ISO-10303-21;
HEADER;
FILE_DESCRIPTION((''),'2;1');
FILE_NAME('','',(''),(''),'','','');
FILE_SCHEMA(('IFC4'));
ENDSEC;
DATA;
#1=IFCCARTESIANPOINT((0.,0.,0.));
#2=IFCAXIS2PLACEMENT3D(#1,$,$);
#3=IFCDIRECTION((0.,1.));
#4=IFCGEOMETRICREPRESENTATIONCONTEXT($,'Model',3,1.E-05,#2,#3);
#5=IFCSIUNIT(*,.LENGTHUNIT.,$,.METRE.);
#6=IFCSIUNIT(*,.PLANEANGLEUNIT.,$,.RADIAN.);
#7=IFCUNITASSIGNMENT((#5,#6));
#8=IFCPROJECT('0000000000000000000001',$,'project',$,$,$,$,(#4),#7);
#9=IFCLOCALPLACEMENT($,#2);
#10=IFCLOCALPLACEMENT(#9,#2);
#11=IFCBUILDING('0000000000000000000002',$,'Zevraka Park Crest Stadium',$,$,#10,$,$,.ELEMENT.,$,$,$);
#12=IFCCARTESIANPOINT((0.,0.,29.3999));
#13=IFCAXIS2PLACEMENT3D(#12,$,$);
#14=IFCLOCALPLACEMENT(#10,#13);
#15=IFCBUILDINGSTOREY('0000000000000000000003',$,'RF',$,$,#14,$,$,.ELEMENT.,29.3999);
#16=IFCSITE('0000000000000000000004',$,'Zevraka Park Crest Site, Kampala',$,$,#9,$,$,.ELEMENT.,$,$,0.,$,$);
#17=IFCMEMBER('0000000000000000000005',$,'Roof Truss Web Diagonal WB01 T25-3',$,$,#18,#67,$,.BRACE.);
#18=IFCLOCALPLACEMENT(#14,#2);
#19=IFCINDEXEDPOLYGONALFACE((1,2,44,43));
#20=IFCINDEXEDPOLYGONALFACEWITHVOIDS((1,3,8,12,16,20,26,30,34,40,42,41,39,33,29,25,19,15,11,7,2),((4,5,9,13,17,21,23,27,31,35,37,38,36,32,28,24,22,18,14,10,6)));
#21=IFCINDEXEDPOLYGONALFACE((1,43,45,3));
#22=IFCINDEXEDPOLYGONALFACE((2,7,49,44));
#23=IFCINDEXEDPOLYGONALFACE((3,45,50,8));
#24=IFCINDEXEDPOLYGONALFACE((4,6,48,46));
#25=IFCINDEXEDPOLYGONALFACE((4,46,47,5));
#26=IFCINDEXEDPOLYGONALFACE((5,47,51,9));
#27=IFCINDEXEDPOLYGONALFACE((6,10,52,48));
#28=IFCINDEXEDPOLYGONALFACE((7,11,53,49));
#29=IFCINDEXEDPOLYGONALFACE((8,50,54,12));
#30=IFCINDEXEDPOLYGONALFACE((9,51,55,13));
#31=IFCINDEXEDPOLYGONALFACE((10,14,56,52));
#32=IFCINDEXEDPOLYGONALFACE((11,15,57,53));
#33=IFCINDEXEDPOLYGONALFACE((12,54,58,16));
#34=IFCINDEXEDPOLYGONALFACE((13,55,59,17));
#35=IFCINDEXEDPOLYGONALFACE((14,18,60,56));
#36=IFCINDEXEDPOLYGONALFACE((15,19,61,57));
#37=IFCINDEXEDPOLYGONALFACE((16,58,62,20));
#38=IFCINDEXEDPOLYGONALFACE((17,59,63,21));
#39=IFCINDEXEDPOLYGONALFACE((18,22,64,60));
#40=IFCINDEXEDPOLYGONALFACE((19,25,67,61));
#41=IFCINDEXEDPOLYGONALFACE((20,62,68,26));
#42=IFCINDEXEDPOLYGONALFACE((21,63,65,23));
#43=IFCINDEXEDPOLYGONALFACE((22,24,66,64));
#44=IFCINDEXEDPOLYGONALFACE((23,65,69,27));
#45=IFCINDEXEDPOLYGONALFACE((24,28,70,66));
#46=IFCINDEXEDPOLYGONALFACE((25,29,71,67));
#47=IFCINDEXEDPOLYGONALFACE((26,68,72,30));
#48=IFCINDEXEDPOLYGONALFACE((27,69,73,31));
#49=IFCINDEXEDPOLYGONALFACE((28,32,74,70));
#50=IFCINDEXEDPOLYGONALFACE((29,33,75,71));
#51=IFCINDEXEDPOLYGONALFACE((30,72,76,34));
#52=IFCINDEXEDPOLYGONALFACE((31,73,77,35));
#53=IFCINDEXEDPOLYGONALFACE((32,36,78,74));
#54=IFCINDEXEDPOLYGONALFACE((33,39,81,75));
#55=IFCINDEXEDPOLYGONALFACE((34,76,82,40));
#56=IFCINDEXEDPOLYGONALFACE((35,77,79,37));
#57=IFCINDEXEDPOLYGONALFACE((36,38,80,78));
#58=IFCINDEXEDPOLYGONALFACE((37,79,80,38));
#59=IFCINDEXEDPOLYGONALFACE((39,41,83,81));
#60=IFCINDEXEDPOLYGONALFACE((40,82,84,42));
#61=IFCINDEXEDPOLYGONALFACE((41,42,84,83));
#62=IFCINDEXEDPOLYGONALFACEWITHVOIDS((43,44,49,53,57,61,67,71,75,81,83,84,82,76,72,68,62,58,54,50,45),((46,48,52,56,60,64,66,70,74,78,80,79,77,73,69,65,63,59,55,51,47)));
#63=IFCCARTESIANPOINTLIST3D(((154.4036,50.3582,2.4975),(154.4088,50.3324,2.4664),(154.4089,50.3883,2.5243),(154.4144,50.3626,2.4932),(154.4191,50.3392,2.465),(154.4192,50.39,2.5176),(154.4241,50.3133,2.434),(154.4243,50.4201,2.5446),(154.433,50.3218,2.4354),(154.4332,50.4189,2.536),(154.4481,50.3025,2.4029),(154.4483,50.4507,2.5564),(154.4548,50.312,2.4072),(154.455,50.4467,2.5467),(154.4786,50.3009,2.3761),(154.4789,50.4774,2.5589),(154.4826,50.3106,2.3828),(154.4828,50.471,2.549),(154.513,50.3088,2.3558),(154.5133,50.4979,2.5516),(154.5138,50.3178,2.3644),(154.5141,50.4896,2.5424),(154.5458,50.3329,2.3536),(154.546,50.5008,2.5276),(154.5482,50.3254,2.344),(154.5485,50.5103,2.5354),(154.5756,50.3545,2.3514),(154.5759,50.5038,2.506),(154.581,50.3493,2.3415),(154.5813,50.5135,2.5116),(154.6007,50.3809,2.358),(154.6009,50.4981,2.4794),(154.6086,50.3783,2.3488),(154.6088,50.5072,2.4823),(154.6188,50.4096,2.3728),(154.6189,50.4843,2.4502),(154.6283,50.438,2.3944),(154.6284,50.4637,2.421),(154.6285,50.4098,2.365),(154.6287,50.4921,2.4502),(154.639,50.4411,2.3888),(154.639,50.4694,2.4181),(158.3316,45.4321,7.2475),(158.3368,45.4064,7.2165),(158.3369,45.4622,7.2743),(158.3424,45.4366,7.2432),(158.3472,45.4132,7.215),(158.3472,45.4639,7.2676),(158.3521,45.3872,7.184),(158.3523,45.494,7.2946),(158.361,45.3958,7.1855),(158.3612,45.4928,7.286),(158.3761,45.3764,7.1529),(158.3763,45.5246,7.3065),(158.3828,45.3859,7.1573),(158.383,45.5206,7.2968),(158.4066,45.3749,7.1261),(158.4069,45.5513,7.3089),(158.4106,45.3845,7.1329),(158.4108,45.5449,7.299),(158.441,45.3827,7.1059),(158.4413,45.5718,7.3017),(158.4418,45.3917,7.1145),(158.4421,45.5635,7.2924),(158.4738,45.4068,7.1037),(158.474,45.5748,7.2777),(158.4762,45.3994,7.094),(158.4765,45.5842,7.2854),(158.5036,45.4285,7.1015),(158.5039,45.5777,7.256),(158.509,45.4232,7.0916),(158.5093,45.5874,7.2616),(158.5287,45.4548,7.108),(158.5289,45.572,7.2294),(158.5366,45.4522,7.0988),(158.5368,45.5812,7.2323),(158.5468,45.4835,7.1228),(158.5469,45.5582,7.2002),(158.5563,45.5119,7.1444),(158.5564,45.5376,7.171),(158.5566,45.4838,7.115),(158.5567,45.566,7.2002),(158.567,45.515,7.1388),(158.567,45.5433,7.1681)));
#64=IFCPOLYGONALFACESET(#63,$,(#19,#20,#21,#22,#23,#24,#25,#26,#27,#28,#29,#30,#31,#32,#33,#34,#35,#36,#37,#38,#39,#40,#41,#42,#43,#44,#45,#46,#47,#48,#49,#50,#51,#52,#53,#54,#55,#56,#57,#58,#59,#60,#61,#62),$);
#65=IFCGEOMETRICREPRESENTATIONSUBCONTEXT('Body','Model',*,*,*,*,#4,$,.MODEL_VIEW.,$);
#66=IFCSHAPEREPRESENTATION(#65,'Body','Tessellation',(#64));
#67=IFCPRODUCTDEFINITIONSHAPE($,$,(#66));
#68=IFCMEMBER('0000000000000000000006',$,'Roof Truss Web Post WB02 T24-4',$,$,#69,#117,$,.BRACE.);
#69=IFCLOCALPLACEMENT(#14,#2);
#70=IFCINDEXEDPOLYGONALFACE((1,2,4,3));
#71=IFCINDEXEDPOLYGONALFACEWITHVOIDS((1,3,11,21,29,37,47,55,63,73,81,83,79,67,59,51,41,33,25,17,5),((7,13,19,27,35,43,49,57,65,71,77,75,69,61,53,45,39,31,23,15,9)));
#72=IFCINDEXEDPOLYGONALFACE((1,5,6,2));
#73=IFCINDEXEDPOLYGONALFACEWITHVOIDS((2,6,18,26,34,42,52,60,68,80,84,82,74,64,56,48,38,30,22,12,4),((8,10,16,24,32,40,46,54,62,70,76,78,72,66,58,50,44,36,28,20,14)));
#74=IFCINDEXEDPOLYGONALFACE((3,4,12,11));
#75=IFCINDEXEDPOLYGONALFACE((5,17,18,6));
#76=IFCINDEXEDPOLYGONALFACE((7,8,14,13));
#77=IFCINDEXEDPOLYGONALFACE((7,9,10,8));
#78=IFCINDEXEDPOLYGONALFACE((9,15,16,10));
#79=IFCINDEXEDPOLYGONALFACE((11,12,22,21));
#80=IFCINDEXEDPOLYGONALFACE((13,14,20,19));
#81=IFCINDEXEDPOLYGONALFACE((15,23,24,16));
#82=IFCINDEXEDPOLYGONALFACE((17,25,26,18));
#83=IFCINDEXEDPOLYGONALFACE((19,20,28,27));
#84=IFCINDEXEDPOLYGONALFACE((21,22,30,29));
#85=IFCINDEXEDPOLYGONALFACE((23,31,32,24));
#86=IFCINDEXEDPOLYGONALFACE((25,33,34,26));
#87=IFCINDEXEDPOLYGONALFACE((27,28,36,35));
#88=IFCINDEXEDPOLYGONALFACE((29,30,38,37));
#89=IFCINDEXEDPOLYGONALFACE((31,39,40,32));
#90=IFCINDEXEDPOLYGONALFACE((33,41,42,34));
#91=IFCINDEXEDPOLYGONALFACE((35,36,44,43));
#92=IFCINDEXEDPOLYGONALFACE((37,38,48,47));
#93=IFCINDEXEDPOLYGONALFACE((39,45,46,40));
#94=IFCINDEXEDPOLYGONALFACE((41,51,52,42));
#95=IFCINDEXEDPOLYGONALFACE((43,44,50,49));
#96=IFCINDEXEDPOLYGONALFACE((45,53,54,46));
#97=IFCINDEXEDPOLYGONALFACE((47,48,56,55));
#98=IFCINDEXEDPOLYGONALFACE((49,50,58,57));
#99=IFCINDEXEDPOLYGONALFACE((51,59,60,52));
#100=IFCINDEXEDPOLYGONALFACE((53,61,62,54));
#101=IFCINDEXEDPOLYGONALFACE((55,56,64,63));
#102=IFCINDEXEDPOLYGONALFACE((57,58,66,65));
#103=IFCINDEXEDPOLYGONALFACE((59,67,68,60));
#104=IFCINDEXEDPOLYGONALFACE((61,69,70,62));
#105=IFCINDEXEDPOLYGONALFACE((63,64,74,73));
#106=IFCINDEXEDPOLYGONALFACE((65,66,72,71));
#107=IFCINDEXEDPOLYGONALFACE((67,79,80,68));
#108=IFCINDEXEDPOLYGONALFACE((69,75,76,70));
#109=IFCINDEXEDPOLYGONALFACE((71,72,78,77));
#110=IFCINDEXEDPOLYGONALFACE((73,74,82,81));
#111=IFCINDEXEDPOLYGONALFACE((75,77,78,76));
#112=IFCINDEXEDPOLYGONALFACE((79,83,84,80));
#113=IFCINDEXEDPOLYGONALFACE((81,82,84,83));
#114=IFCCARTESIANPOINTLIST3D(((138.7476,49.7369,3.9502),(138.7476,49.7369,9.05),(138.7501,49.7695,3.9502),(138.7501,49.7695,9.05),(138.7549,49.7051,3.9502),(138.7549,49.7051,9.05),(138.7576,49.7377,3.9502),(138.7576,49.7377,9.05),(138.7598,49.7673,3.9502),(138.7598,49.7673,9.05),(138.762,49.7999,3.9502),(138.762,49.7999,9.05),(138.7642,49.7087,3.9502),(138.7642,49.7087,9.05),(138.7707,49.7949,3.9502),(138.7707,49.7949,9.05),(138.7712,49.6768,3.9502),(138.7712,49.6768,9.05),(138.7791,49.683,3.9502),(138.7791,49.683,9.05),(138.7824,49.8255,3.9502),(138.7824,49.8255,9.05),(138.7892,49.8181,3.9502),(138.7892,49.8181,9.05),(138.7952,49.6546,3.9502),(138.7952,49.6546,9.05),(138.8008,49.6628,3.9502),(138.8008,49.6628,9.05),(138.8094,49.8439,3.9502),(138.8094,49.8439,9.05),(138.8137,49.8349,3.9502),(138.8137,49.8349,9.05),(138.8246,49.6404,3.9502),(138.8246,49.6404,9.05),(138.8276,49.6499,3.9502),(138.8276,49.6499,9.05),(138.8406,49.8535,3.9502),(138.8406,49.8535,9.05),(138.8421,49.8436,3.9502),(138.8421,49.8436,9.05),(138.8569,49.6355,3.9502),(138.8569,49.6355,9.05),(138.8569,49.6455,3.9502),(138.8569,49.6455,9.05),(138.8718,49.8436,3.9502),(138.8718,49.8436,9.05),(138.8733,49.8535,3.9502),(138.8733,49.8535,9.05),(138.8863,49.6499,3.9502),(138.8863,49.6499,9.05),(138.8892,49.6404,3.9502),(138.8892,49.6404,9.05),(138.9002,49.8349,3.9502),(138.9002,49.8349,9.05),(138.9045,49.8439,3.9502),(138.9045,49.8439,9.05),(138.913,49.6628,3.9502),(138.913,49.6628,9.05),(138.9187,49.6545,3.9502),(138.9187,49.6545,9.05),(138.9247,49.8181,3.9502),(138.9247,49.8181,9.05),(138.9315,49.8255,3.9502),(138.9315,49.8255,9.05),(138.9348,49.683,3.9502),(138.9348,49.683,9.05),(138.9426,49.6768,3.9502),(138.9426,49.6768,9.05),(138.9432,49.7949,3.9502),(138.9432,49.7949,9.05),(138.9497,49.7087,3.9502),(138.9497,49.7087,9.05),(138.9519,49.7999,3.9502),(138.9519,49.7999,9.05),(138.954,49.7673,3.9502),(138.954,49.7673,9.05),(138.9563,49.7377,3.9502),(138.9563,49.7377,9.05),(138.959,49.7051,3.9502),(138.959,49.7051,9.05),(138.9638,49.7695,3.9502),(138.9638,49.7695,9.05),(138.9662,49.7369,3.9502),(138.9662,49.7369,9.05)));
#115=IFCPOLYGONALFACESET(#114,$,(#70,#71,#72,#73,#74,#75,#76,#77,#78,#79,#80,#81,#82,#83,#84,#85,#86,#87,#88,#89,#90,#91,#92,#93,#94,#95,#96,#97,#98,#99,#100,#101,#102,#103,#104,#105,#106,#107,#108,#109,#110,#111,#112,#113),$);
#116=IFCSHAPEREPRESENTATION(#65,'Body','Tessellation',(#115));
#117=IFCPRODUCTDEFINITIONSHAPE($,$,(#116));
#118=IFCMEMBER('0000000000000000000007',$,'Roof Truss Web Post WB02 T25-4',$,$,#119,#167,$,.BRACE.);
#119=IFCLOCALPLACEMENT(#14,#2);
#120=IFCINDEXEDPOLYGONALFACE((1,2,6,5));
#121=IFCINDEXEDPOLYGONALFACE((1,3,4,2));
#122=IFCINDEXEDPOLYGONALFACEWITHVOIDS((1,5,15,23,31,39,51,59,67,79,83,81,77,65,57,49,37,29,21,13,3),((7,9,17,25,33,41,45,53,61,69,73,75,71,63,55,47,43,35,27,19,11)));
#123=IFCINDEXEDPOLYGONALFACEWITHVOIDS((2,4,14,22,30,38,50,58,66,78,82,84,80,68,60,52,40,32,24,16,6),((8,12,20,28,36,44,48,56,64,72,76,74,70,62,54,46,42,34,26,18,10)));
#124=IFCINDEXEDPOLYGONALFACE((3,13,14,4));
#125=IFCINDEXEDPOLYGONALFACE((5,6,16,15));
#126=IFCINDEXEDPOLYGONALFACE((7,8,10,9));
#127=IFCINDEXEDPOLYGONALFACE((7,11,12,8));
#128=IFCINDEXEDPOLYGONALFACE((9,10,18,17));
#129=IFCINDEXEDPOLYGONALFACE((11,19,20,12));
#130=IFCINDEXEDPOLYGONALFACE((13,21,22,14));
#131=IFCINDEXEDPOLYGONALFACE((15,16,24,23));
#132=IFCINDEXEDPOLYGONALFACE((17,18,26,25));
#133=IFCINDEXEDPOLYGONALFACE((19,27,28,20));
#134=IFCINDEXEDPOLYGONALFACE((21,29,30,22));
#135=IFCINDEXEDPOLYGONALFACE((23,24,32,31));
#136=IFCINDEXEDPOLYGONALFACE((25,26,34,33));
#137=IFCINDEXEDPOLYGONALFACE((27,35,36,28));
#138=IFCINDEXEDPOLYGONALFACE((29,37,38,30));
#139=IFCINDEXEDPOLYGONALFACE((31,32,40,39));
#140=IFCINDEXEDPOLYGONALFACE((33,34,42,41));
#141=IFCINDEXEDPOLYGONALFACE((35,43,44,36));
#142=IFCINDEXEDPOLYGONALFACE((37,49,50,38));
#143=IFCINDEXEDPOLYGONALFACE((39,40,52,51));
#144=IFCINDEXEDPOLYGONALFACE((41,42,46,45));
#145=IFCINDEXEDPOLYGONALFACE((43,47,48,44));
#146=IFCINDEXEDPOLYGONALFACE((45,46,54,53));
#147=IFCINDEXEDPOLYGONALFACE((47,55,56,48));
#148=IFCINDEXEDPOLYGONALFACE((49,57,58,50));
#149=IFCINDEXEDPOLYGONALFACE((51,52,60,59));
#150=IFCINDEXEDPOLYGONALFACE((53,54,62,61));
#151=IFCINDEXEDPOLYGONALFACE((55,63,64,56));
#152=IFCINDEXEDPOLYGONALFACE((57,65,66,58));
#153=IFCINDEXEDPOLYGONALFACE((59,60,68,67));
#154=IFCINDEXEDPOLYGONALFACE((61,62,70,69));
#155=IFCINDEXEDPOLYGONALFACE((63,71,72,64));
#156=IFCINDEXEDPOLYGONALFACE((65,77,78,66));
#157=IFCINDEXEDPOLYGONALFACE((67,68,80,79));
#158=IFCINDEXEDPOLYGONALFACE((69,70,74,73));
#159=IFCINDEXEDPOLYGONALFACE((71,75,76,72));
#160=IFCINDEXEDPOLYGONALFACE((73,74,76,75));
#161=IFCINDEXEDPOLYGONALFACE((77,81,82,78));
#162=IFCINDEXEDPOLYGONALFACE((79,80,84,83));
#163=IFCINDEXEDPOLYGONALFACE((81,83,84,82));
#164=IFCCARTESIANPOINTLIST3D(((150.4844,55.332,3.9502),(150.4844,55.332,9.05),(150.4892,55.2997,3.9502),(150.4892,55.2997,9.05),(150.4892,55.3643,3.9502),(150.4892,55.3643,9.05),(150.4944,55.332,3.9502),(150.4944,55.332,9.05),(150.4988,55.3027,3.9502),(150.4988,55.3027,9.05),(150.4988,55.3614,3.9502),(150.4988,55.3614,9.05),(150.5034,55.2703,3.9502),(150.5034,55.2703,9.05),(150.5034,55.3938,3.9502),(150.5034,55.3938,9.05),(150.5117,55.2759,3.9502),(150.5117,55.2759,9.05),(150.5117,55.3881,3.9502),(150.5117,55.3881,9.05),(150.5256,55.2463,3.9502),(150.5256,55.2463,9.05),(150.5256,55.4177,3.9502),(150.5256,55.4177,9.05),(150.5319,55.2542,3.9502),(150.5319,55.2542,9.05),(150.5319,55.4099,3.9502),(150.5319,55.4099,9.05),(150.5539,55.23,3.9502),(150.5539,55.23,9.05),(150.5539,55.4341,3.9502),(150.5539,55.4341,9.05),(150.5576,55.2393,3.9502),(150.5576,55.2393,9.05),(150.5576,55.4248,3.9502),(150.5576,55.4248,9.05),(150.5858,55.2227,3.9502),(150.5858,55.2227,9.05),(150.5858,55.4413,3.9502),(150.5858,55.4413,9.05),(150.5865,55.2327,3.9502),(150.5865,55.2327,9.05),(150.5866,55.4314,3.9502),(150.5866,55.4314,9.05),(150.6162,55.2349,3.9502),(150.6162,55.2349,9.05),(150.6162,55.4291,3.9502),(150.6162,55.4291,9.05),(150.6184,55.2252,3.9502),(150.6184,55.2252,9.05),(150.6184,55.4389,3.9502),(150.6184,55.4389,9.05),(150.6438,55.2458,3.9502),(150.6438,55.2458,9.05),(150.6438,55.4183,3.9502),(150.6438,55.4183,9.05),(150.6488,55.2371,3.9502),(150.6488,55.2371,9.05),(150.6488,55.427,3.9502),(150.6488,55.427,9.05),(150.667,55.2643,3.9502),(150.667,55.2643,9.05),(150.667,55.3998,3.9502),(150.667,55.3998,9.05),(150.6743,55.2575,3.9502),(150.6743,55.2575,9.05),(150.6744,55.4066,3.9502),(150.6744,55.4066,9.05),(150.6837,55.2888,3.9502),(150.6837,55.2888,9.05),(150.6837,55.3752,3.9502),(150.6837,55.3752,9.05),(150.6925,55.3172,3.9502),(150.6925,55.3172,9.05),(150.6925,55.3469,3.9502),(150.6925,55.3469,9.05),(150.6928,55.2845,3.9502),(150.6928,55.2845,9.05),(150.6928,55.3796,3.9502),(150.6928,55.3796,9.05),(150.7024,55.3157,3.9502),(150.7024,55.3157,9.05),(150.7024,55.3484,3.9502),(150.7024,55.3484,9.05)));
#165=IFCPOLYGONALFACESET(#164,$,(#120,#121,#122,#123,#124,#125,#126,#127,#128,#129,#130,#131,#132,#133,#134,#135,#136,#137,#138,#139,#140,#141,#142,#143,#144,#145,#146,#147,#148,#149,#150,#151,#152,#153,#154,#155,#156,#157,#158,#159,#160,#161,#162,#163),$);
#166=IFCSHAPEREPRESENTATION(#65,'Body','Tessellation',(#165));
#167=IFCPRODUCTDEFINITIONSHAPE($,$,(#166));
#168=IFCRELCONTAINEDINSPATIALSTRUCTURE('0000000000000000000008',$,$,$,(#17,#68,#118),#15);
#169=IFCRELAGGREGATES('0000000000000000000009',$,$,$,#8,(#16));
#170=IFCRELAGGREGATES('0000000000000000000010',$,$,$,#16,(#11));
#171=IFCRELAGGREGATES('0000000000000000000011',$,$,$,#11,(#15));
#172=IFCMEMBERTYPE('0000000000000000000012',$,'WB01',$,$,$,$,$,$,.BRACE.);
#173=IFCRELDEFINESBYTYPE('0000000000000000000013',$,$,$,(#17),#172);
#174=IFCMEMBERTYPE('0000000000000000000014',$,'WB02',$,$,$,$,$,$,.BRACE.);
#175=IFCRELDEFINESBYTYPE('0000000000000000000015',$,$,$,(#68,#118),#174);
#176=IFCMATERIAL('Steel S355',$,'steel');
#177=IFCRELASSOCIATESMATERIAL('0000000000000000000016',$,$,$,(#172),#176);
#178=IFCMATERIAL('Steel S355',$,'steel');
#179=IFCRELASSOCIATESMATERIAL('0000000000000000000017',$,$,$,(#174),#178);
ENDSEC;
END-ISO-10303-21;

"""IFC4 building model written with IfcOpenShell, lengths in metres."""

from ifc_helpers import new_model, si_unit, direction, frame, origin, origin_2d, place, context, subcontext, project, spatial, hollow_circle, extrude, material, material_profile, profile_set, type_object, element, save


model = new_model("IFC4")

# Units and contexts
model_context = context("Model", 3, precision=1e-05, world=origin(), true_north=direction((0.0, 1.0)))
body_context = subcontext(model_context, "Body", "Model", "MODEL_VIEW")
ifc_project = project(units=[si_unit("LENGTHUNIT", "METRE"), si_unit("PLANEANGLEUNIT", "RADIAN")], contexts=[model_context])

# Site, building, storey
site_placement = place(None, origin())
site = spatial("IfcSite", under=ifc_project, at=site_placement, Name="Zevraka Park Crest Site, Kampala", CompositionType="ELEMENT", RefElevation=0.0)
building_placement = place(site_placement, origin())
building = spatial("IfcBuilding", under=site, at=building_placement, Name="Zevraka Park Crest Stadium", CompositionType="ELEMENT")
storey_placement = place(building_placement, frame((0.0, 0.0, 29.3999)))
storey = spatial("IfcBuildingStorey", under=building, at=storey_placement, Name="RF", CompositionType="ELEMENT", Elevation=29.3999)

# Members
ifc_material_1 = material(Name="Steel S355", Category="steel")
ifc_material_profile_1 = material_profile(ifc_material_1, hollow_circle(Radius=0.1365, WallThickness=0.0125, at=origin_2d()), Name="CHS 273.0x12.5")
ifc_profile_set_1 = profile_set([ifc_material_profile_1], Name="Steel S355")
member_type_1 = type_object("IfcMemberType", Name="WB01", PredefinedType="BRACE", material=ifc_profile_set_1)
member_1_placement = place(storey_placement, frame((154.522, 50.407, 2.4502), z_axis=(0.497822, -0.624312, 0.602003), x_axis=(0.781862, 0.623451, 0.0)))
element("IfcMember", 1, at=member_1_placement, inside=storey, type_object=member_type_1, Name="Roof Truss Web Diagonal WB01 T25-3", PredefinedType="BRACE", context=body_context, shape_type="SweptSolid", body=[
    extrude(hollow_circle(Radius=0.1365, WallThickness=0.0125, at=origin_2d()), origin(), (0.0, 0.0, 1.0), 7.8904),
])
ifc_material_2 = material(Name="Steel S355", Category="steel")
ifc_material_profile_2 = material_profile(ifc_material_2, hollow_circle(Radius=0.1096, WallThickness=0.01, at=origin_2d()), Name="CHS 219.1x10")
ifc_profile_set_2 = profile_set([ifc_material_profile_2], Name="Steel S355")
member_type_2 = type_object("IfcMemberType", Name="WB02", PredefinedType="BRACE", material=ifc_profile_set_2)
for number, where, z_axis, x_axis, name in (
    (2, (138.8569, 49.7451, 3.9502), (0.0, 0.0, 1.0), (-0.433816, 0.901001, 0.0), "Roof Truss Web Post WB02 T24-4"),
    (3, (150.594, 55.332, 3.9502), (0.0, 0.0, 1.0), (-0.62347, 0.781847, 0.0), "Roof Truss Web Post WB02 T25-4"),
):
    element("IfcMember", number, at=place(storey_placement, frame(where, z_axis=z_axis, x_axis=x_axis)), inside=storey, type_object=member_type_2, Name=name, PredefinedType="BRACE", context=body_context, shape_type="SweptSolid", body=[
        extrude(hollow_circle(Radius=0.1096, WallThickness=0.01, at=origin_2d()), origin(), (0.0, 0.0, 1.0), 5.0999),
    ])

save(model, "model.ifc")
